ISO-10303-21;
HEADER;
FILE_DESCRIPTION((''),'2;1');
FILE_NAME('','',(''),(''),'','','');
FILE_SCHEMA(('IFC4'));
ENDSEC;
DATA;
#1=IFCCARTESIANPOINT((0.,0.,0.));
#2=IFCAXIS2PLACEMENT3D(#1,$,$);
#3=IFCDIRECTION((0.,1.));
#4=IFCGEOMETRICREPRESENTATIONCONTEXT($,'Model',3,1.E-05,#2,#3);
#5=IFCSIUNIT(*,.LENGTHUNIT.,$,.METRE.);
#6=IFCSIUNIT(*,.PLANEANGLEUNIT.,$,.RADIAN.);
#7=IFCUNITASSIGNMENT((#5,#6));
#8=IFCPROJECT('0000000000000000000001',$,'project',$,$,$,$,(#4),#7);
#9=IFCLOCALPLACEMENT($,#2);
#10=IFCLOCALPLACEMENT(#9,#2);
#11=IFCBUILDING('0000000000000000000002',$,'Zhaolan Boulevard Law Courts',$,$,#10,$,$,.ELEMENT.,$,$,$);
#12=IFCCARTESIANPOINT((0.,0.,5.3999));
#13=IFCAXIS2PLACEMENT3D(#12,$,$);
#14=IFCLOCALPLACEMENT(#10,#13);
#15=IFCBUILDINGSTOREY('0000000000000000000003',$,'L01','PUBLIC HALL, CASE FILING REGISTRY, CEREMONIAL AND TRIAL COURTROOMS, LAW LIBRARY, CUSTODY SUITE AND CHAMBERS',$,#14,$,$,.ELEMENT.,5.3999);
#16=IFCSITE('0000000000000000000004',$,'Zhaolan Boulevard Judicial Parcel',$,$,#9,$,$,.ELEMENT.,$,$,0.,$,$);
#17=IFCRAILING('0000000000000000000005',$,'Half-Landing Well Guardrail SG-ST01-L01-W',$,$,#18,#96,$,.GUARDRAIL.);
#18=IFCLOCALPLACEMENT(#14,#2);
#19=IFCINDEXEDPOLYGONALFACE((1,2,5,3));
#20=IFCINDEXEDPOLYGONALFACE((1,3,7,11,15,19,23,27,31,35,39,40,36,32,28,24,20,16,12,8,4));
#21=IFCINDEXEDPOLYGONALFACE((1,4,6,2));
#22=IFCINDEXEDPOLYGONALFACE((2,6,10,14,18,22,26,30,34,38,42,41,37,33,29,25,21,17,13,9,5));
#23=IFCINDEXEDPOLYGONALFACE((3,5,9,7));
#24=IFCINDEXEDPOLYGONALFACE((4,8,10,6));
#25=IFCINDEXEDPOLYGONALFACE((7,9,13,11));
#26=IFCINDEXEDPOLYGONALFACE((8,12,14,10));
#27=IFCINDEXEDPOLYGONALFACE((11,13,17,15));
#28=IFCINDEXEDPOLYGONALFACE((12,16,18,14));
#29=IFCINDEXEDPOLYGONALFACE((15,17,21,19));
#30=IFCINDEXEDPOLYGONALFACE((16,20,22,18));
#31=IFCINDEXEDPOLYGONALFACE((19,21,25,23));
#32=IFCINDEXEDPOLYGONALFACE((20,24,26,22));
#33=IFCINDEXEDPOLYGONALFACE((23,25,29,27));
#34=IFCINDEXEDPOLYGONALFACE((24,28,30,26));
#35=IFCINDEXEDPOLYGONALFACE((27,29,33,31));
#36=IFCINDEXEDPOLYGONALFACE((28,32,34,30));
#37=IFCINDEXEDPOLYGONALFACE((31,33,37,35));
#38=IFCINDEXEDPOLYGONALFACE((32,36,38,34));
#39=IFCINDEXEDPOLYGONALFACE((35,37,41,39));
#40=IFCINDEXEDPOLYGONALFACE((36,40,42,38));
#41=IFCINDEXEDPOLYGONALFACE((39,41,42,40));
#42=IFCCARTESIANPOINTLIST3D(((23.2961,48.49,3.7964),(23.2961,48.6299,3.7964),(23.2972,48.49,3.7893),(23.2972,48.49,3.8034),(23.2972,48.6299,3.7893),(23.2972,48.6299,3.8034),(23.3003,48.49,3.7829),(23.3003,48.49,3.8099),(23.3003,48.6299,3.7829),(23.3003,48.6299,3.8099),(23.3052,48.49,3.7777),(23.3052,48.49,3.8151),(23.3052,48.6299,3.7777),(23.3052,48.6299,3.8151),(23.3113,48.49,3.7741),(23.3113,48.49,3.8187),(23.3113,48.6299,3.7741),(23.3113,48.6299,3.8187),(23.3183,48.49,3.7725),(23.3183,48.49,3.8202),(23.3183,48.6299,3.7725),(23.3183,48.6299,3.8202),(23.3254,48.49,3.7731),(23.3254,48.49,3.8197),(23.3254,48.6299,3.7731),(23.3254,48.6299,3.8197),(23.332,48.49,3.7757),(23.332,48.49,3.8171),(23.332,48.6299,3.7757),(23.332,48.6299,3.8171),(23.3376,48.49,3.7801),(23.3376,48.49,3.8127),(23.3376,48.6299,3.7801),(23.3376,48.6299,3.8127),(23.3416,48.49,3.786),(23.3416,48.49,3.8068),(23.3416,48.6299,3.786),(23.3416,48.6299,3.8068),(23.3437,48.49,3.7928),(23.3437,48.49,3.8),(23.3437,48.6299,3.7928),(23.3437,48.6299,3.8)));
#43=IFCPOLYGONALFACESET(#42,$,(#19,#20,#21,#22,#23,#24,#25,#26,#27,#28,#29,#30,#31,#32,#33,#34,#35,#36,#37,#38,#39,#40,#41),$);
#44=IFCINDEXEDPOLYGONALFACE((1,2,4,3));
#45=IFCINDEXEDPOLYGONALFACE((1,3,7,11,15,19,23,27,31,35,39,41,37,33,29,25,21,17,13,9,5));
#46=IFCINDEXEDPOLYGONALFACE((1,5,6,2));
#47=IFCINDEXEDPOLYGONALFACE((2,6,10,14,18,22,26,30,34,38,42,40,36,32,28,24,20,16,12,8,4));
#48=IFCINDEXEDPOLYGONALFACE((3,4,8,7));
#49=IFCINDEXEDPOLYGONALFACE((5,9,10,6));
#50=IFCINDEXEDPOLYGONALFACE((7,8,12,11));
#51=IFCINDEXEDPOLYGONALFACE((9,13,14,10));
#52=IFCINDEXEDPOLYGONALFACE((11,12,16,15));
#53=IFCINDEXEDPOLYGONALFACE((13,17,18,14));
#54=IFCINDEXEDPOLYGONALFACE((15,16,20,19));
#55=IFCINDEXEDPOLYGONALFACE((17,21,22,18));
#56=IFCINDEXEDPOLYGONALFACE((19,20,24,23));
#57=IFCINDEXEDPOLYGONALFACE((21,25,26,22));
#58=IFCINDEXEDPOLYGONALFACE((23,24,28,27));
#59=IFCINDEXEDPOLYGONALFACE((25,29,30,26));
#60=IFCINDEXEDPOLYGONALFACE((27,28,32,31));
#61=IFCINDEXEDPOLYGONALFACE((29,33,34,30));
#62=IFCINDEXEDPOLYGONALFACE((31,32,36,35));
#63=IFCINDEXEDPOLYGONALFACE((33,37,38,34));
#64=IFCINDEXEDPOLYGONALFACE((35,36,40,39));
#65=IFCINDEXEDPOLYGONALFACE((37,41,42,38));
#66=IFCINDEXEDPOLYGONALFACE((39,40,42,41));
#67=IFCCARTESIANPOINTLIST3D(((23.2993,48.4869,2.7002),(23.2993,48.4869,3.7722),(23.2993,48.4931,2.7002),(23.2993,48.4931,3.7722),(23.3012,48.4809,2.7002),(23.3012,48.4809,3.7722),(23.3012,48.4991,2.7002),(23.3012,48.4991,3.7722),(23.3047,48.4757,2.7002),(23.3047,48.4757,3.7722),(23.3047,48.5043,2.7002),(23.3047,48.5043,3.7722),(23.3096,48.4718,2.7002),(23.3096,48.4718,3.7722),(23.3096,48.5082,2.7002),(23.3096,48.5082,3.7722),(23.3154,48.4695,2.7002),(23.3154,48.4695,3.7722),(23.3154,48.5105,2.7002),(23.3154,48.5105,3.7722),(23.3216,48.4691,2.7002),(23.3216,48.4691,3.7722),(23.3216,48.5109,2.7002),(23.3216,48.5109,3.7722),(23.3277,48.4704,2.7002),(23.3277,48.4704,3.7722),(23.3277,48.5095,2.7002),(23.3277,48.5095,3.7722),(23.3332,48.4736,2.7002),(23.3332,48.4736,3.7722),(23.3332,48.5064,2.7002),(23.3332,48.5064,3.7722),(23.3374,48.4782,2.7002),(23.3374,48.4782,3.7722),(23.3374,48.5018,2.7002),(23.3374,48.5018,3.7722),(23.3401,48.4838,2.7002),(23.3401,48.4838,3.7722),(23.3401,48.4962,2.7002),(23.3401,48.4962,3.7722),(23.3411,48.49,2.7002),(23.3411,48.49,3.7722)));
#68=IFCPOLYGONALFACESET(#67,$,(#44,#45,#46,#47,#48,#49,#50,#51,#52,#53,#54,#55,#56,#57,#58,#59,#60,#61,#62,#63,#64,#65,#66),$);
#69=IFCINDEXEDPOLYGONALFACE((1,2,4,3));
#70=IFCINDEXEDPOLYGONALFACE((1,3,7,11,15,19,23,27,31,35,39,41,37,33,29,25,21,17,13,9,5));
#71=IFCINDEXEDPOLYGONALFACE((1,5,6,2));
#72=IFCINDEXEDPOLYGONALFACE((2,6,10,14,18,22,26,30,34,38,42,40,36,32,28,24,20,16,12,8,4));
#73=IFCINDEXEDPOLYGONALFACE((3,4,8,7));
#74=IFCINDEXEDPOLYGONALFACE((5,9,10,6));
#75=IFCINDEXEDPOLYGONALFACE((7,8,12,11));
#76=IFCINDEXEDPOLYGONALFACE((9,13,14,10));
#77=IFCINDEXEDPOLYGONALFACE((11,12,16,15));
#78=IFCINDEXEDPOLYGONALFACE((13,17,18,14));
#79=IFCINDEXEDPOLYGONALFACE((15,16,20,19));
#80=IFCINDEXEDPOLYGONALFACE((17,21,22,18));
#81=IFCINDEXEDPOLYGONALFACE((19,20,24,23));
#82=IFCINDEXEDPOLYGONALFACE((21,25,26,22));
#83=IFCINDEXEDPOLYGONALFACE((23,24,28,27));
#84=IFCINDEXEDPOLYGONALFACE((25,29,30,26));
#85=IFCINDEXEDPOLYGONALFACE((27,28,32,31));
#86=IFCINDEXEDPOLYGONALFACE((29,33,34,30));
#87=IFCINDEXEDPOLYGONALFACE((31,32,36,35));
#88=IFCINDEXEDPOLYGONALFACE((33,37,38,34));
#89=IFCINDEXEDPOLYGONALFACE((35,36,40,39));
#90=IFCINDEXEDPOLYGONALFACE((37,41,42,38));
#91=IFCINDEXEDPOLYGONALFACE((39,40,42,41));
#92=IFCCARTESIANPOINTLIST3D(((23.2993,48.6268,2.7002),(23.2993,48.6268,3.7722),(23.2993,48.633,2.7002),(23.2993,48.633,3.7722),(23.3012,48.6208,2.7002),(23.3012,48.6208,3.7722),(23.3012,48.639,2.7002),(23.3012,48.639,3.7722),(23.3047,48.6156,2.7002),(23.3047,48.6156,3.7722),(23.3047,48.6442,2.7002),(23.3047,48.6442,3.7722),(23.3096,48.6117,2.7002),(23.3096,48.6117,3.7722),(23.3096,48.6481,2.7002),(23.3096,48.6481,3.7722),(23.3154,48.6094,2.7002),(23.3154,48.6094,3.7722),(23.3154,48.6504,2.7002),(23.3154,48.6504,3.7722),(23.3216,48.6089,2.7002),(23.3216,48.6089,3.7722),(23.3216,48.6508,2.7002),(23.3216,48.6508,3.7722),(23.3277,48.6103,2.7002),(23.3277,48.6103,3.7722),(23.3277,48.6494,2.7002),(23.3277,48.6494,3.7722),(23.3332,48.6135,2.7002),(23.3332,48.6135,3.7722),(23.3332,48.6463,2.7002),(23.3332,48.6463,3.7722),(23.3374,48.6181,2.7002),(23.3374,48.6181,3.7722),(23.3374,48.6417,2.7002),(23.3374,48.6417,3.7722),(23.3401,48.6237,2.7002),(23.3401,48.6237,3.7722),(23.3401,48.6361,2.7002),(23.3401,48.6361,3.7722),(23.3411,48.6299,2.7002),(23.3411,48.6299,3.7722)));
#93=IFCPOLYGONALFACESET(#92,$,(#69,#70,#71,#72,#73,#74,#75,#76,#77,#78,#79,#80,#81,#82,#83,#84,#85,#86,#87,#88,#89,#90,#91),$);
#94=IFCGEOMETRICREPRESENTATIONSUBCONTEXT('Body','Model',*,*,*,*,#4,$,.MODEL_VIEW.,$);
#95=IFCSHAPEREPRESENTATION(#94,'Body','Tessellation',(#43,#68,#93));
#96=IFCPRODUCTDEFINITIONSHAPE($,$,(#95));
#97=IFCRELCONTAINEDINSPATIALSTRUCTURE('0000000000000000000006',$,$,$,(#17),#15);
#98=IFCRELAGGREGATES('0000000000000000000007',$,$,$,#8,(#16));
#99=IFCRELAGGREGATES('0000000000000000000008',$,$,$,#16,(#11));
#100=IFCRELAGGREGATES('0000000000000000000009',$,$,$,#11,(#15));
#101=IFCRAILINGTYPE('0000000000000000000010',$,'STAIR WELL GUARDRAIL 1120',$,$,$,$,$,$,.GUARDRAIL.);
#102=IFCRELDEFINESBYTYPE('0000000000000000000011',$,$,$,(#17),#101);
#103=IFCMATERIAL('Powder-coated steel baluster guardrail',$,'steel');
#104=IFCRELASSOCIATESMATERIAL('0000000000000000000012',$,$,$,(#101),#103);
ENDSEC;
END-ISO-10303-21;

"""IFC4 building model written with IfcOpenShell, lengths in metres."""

from ifc_helpers import new_model, si_unit, direction, frame, origin, origin_2d, place, context, subcontext, project, spatial, circle, extrude, material, type_object, element, save


model = new_model("IFC4")

# Units and contexts
model_context = context("Model", 3, precision=1e-05, world=origin(), true_north=direction((0.0, 1.0)))
body_context = subcontext(model_context, "Body", "Model", "MODEL_VIEW")
ifc_project = project(units=[si_unit("LENGTHUNIT", "METRE"), si_unit("PLANEANGLEUNIT", "RADIAN")], contexts=[model_context])

# Site, building, storey
site_placement = place(None, origin())
site = spatial("IfcSite", under=ifc_project, at=site_placement, Name="Zhaolan Boulevard Judicial Parcel", CompositionType="ELEMENT", RefElevation=0.0)
building_placement = place(site_placement, origin())
building = spatial("IfcBuilding", under=site, at=building_placement, Name="Zhaolan Boulevard Law Courts", CompositionType="ELEMENT")
storey_placement = place(building_placement, frame((0.0, 0.0, 5.3999)))
storey = spatial("IfcBuildingStorey", under=building, at=storey_placement, Name="L01", Description="PUBLIC HALL, CASE FILING REGISTRY, CEREMONIAL AND TRIAL COURTROOMS, LAW LIBRARY, CUSTODY SUITE AND CHAMBERS", CompositionType="ELEMENT", Elevation=5.3999)

# Railing
ifc_material_1 = material(Name="Powder-coated steel baluster guardrail", Category="steel")
railing_type_1 = type_object("IfcRailingType", Name="STAIR WELL GUARDRAIL 1120", PredefinedType="GUARDRAIL", material=ifc_material_1)
railing_1_placement = place(storey_placement, frame((23.3201, 48.49, 2.7002)))
element("IfcRailing", 1, at=railing_1_placement, inside=storey, type_object=railing_type_1, Name="Half-Landing Well Guardrail SG-ST01-L01-W", PredefinedType="GUARDRAIL", context=body_context, shape_type="SweptSolid", body=[
    extrude(circle(Radius=0.0239, at=origin_2d()), frame((0.0, 0.0, 1.0962), z_axis=(0.0, 1.0, 0.0), x_axis=(-1.0, 0.0, 0.0)), (0.0, 0.0, 1.0), 0.1399),
    extrude(circle(Radius=0.021, at=origin_2d()), origin(), (0.0, 0.0, 1.0), 1.072),
    extrude(circle(Radius=0.021, at=origin_2d()), frame((0.0, 0.1399, 0.0)), (0.0, 0.0, 1.0), 1.072),
])

save(model, "model.ifc")
